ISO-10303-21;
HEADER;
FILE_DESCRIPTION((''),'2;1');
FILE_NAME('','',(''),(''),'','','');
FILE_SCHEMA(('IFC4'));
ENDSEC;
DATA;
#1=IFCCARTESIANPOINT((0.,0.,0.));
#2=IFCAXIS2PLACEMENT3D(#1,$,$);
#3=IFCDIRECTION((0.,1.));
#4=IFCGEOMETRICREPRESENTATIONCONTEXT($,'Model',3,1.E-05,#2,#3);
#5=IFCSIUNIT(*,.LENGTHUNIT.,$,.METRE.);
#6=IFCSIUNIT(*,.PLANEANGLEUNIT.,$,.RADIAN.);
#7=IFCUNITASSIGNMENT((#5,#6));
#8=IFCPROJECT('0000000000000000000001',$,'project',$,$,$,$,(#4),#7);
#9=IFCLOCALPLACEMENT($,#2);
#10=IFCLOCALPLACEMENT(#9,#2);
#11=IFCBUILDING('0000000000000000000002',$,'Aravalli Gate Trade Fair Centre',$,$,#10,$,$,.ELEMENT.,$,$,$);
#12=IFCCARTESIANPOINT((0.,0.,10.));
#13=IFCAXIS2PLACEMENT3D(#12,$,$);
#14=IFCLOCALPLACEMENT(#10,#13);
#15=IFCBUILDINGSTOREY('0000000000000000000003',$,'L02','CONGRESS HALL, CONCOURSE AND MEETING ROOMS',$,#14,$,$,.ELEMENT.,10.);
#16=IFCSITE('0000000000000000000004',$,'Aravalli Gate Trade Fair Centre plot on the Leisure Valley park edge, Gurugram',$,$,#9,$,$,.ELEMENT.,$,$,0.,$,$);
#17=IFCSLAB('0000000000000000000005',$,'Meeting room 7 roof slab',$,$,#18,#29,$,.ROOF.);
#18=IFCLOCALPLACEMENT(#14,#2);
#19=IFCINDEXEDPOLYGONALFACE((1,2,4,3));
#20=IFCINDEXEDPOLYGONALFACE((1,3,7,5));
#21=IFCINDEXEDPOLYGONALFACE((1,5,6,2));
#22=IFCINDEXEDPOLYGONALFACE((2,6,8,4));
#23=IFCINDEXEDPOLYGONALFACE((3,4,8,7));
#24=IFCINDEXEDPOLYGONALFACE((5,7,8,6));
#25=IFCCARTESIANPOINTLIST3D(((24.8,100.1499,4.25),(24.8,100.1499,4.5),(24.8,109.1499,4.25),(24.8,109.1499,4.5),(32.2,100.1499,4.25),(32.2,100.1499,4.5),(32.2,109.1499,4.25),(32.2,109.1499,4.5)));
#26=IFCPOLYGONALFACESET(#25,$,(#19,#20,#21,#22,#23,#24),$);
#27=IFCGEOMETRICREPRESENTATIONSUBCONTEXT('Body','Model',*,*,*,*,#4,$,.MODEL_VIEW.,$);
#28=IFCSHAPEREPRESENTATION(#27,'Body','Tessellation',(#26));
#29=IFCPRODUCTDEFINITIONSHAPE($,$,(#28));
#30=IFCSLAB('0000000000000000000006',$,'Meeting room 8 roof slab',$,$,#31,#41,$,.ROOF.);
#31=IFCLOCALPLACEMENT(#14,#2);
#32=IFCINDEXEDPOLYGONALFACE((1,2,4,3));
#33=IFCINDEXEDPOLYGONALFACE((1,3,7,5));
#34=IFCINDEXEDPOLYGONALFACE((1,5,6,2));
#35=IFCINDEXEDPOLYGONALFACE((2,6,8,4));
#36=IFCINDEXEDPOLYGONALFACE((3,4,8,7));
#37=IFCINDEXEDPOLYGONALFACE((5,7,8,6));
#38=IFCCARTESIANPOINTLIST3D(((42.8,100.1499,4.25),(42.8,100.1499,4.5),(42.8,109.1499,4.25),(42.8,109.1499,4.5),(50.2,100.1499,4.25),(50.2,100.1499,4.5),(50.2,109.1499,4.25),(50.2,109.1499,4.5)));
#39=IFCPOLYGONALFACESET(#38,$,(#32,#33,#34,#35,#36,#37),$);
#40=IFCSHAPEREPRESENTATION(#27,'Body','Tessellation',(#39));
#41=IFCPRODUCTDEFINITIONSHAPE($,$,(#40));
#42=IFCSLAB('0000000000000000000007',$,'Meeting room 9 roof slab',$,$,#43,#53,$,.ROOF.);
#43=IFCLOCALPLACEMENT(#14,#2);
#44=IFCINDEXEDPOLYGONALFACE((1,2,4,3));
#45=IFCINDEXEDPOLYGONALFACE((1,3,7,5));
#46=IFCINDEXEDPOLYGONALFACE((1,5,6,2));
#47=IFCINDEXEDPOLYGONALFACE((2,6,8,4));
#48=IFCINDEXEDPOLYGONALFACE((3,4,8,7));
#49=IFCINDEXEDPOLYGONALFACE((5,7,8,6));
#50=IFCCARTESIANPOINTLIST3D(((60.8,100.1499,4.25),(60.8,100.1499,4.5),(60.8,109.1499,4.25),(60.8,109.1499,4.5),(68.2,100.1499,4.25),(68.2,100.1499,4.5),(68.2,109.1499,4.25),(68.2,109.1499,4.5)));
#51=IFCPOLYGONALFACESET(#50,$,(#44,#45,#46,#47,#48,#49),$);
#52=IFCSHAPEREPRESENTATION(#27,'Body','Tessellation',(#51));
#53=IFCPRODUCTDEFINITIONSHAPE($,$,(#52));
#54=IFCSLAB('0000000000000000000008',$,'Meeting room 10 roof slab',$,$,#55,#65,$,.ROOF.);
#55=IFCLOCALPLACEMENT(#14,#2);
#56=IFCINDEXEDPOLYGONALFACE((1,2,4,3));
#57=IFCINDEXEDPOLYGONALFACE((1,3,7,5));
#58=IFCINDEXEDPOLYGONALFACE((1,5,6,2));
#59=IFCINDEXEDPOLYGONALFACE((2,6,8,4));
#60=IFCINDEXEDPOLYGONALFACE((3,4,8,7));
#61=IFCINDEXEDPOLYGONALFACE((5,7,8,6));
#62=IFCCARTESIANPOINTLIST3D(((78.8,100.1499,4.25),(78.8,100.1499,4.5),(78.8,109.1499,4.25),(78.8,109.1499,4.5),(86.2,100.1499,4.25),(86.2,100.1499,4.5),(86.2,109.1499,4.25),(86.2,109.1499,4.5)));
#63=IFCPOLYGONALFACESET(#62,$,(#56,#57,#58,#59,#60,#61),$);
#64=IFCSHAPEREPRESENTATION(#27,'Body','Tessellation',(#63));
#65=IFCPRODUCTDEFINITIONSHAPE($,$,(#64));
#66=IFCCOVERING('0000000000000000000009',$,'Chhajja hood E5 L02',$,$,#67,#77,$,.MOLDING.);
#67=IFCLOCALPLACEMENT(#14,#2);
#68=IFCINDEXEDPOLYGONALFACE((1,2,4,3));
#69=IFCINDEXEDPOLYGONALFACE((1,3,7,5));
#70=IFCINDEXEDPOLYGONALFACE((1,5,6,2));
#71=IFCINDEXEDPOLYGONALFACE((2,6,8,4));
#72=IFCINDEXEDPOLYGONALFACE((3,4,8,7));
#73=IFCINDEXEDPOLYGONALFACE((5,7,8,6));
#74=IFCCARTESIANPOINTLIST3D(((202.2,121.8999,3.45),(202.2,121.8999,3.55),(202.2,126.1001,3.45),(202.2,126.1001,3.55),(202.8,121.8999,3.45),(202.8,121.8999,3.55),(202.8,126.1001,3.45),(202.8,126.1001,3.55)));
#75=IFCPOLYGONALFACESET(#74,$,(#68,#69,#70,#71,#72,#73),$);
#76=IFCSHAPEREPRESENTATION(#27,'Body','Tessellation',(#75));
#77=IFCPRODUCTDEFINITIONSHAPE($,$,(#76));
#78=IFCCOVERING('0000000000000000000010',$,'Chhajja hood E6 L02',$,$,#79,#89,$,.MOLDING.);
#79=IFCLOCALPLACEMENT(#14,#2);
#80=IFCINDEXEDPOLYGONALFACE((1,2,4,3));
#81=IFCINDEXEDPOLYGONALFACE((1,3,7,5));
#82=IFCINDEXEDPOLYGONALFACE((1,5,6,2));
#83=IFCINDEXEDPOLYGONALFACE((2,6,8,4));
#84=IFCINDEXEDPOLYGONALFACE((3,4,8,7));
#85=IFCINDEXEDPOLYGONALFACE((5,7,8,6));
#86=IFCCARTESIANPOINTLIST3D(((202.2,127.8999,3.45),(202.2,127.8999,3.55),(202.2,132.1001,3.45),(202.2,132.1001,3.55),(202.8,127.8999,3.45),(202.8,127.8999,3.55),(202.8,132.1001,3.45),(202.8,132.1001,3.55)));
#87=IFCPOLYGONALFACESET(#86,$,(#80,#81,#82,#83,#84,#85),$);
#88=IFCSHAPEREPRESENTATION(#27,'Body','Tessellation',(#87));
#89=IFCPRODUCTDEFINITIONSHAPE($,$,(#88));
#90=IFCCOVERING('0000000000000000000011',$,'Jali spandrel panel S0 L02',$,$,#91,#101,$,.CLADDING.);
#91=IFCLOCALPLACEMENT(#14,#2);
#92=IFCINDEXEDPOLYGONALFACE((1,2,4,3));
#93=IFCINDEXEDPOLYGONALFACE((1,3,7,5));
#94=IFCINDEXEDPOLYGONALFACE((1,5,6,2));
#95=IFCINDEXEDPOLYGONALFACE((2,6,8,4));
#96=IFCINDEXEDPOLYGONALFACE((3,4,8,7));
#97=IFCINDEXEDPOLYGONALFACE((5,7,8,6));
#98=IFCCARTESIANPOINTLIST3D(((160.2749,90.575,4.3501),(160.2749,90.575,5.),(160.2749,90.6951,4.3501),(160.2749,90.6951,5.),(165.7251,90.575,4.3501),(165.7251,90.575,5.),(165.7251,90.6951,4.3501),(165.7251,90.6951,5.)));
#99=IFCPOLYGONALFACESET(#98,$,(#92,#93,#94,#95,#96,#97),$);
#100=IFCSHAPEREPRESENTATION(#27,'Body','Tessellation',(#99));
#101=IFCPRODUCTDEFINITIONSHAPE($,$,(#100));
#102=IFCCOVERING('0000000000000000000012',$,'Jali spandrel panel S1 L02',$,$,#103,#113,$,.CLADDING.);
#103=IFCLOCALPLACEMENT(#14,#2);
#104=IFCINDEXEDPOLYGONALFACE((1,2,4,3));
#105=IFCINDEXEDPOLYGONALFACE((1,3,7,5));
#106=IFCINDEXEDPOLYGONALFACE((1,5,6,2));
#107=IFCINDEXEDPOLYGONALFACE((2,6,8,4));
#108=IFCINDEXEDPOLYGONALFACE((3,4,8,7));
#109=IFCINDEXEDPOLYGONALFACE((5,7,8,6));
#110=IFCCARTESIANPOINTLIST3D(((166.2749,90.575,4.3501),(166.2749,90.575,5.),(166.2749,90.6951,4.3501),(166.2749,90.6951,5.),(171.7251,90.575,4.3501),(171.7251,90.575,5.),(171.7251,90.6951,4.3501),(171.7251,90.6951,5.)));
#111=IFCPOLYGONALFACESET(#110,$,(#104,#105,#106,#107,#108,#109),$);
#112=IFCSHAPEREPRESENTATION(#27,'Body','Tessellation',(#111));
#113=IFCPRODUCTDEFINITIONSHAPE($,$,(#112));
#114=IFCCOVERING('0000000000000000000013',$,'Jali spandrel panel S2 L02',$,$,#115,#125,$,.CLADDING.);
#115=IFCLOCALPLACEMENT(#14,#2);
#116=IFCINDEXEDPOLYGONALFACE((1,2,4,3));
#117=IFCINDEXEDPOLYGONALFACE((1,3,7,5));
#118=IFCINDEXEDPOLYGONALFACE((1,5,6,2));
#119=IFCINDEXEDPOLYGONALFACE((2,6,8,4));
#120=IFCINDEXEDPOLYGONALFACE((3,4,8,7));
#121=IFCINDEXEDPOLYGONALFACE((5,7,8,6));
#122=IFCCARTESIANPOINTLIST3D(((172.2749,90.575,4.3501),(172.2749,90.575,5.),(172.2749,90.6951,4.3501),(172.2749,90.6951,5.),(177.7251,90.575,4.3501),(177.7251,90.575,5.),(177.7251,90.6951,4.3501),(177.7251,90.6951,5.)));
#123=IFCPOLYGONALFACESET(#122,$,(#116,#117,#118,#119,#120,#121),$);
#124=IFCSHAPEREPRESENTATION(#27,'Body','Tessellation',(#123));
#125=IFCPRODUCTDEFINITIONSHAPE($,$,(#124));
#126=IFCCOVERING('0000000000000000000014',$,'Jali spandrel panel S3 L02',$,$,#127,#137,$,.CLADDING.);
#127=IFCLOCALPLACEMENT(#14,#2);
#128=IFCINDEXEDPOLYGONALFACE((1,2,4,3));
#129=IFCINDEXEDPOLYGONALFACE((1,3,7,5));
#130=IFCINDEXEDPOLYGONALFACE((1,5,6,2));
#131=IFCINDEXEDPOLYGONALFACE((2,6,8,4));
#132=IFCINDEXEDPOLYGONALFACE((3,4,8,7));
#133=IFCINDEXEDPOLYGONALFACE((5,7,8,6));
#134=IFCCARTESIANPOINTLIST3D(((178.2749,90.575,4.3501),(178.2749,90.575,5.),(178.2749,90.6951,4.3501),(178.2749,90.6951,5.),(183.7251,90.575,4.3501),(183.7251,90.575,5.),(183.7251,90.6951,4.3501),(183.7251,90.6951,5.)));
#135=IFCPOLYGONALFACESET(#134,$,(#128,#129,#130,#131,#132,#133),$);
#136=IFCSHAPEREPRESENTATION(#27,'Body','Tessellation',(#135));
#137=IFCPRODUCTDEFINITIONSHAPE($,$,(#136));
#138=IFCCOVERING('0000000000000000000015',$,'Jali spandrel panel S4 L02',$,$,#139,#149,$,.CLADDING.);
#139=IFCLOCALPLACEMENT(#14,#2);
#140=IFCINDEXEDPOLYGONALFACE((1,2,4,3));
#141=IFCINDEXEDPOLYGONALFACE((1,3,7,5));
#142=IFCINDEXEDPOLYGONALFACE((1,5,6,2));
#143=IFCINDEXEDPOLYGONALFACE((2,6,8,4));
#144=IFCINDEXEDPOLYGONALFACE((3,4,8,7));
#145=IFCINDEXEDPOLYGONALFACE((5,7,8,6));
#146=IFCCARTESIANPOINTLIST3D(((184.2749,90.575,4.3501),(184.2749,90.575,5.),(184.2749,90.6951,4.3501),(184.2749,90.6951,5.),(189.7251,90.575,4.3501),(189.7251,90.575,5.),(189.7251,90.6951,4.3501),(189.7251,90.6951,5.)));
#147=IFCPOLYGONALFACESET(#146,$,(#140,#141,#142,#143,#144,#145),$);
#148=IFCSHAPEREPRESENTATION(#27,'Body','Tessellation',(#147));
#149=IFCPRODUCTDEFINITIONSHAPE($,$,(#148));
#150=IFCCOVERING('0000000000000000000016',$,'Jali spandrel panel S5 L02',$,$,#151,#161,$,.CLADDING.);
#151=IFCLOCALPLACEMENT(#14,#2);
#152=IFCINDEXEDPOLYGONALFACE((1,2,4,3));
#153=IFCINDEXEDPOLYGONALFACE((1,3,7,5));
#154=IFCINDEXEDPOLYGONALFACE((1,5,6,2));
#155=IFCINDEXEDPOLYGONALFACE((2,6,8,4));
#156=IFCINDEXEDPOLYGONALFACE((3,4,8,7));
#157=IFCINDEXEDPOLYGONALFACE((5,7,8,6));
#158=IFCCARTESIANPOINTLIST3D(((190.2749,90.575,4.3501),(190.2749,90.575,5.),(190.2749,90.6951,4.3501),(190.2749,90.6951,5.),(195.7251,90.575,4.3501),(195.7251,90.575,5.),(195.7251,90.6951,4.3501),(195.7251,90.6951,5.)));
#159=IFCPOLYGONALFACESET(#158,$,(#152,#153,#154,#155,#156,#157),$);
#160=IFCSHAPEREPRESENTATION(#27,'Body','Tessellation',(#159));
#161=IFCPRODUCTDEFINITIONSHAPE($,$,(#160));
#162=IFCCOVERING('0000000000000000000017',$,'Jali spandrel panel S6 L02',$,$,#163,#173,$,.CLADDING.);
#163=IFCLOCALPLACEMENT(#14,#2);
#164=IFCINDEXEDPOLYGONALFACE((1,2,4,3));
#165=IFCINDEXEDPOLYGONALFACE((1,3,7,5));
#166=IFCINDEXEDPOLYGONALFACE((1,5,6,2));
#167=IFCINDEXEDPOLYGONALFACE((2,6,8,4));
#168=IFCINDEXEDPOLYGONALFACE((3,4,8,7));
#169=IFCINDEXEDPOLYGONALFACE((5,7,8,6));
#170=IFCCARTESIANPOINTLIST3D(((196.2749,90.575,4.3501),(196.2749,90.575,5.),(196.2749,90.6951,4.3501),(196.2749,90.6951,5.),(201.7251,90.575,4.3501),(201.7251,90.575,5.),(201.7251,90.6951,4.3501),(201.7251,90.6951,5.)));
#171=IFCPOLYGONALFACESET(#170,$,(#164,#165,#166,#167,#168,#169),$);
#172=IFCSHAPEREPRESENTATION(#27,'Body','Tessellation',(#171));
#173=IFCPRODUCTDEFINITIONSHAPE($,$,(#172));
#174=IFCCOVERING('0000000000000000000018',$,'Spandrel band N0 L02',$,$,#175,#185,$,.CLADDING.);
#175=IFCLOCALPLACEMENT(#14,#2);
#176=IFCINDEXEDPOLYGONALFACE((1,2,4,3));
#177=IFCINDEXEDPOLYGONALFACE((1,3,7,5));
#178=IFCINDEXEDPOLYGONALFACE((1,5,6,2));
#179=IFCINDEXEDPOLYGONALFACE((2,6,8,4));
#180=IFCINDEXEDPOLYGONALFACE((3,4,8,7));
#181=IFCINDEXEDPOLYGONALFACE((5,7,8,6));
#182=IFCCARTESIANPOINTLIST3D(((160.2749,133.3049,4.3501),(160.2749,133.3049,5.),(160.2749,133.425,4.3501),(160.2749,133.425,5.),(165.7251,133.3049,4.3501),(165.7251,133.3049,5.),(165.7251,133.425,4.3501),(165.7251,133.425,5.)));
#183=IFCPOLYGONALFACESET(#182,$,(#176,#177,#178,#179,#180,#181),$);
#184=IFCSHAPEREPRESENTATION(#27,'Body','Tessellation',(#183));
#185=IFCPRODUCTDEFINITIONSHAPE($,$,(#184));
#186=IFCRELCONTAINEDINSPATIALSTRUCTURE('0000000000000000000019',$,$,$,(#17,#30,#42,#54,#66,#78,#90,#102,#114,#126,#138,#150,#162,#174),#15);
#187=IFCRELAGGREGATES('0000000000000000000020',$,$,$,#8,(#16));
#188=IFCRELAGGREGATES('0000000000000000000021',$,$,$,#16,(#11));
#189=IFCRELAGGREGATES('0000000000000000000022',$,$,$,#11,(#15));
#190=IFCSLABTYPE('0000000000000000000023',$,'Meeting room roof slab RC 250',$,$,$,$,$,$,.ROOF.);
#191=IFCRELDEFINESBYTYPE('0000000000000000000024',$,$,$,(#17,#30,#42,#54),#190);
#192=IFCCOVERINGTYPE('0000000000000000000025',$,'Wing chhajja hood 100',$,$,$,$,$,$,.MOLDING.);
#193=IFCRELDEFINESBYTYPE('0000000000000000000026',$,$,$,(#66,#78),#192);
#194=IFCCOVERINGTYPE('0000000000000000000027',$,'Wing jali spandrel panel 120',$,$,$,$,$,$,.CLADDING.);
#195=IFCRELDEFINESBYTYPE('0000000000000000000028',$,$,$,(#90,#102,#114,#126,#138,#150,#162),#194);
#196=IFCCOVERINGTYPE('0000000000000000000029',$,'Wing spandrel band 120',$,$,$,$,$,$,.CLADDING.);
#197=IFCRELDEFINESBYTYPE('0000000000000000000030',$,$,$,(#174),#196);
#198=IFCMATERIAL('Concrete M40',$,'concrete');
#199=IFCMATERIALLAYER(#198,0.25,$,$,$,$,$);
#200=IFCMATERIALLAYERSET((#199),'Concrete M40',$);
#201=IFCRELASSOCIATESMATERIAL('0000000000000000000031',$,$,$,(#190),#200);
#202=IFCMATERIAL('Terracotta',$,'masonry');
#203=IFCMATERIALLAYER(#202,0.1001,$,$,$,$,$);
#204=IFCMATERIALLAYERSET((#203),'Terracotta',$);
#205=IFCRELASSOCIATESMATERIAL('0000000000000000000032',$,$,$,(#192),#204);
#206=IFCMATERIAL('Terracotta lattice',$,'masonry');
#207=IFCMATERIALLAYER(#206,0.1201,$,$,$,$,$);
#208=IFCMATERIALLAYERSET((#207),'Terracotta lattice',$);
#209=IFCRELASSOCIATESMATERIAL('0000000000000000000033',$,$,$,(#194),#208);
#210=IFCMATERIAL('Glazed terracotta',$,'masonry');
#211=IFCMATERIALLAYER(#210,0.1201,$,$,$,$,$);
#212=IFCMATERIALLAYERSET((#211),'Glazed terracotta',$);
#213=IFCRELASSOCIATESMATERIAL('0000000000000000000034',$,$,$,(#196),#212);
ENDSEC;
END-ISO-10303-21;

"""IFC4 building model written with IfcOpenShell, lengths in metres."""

from ifc_helpers import new_model, si_unit, direction, frame, origin, place, context, subcontext, project, spatial, polyline, outline, extrude, material, layer, layer_set, type_object, element, save


model = new_model("IFC4")

# Units and contexts
model_context = context("Model", 3, precision=1e-05, world=origin(), true_north=direction((0.0, 1.0)))
body_context = subcontext(model_context, "Body", "Model", "MODEL_VIEW")
ifc_project = project(units=[si_unit("LENGTHUNIT", "METRE"), si_unit("PLANEANGLEUNIT", "RADIAN")], contexts=[model_context])

# Site, building, storey
site_placement = place(None, origin())
site = spatial("IfcSite", under=ifc_project, at=site_placement, Name="Aravalli Gate Trade Fair Centre plot on the Leisure Valley park edge, Gurugram", CompositionType="ELEMENT", RefElevation=0.0)
building_placement = place(site_placement, origin())
building = spatial("IfcBuilding", under=site, at=building_placement, Name="Aravalli Gate Trade Fair Centre", CompositionType="ELEMENT")
storey_placement = place(building_placement, frame((0.0, 0.0, 10.0)))
storey = spatial("IfcBuildingStorey", under=building, at=storey_placement, Name="L02", Description="CONGRESS HALL, CONCOURSE AND MEETING ROOMS", CompositionType="ELEMENT", Elevation=10.0)

# Slabs
ifc_material_1 = material(Name="Concrete M40", Category="concrete")
ifc_layer_1 = layer(ifc_material_1, 0.25)
ifc_layer_set_1 = layer_set([ifc_layer_1], Name="Concrete M40")
slab_type = type_object("IfcSlabType", Name="Meeting room roof slab RC 250", PredefinedType="ROOF", material=ifc_layer_set_1)
slab_1_placement = place(storey_placement, frame((0.0, 0.0, 4.25)))
element("IfcSlab", 1, at=slab_1_placement, inside=storey, type_object=slab_type, Name="Meeting room 7 roof slab", PredefinedType="ROOF", context=body_context, shape_type="SweptSolid", body=[
    extrude(outline(polyline([(24.8, 100.1499), (32.2, 100.1499), (32.2, 109.1499), (24.8, 109.1499), (24.8, 100.1499)])), origin(), (0.0, 0.0, 1.0), 0.25),
])
slab_2_placement = place(storey_placement, frame((0.0, 0.0, 4.25)))
element("IfcSlab", 2, at=slab_2_placement, inside=storey, type_object=slab_type, Name="Meeting room 8 roof slab", PredefinedType="ROOF", context=body_context, shape_type="SweptSolid", body=[
    extrude(outline(polyline([(42.8, 100.1499), (50.2, 100.1499), (50.2, 109.1499), (42.8, 109.1499), (42.8, 100.1499)])), origin(), (0.0, 0.0, 1.0), 0.25),
])
slab_3_placement = place(storey_placement, frame((0.0, 0.0, 4.25)))
element("IfcSlab", 3, at=slab_3_placement, inside=storey, type_object=slab_type, Name="Meeting room 9 roof slab", PredefinedType="ROOF", context=body_context, shape_type="SweptSolid", body=[
    extrude(outline(polyline([(60.8, 100.1499), (68.2, 100.1499), (68.2, 109.1499), (60.8, 109.1499), (60.8, 100.1499)])), origin(), (0.0, 0.0, 1.0), 0.25),
])
slab_4_placement = place(storey_placement, frame((0.0, 0.0, 4.25)))
element("IfcSlab", 4, at=slab_4_placement, inside=storey, type_object=slab_type, Name="Meeting room 10 roof slab", PredefinedType="ROOF", context=body_context, shape_type="SweptSolid", body=[
    extrude(outline(polyline([(78.8, 100.1499), (86.2, 100.1499), (86.2, 109.1499), (78.8, 109.1499), (78.8, 100.1499)])), origin(), (0.0, 0.0, 1.0), 0.25),
])

# Coverings
ifc_material_2 = material(Name="Terracotta", Category="masonry")
ifc_layer_2 = layer(ifc_material_2, 0.1001)
ifc_layer_set_2 = layer_set([ifc_layer_2], Name="Terracotta")
covering_type_1 = type_object("IfcCoveringType", Name="Wing chhajja hood 100", PredefinedType="MOLDING", material=ifc_layer_set_2)
covering_1_placement = place(storey_placement, frame((0.0, 0.0, 3.45)))
element("IfcCovering", 5, at=covering_1_placement, inside=storey, type_object=covering_type_1, Name="Chhajja hood E5 L02", PredefinedType="MOLDING", context=body_context, shape_type="SweptSolid", body=[
    extrude(outline(polyline([(202.2, 121.8999), (202.8, 121.8999), (202.8, 126.1001), (202.2, 126.1001), (202.2, 121.8999)])), origin(), (0.0, 0.0, 1.0), 0.1001),
])
covering_2_placement = place(storey_placement, frame((0.0, 0.0, 3.45)))
element("IfcCovering", 6, at=covering_2_placement, inside=storey, type_object=covering_type_1, Name="Chhajja hood E6 L02", PredefinedType="MOLDING", context=body_context, shape_type="SweptSolid", body=[
    extrude(outline(polyline([(202.2, 127.8999), (202.8, 127.8999), (202.8, 132.1001), (202.2, 132.1001), (202.2, 127.8999)])), origin(), (0.0, 0.0, 1.0), 0.1001),
])
ifc_material_3 = material(Name="Terracotta lattice", Category="masonry")
ifc_layer_3 = layer(ifc_material_3, 0.1201)
ifc_layer_set_3 = layer_set([ifc_layer_3], Name="Terracotta lattice")
covering_type_2 = type_object("IfcCoveringType", Name="Wing jali spandrel panel 120", PredefinedType="CLADDING", material=ifc_layer_set_3)
covering_3_placement = place(storey_placement, frame((0.0, 0.0, 4.3501)))
element("IfcCovering", 7, at=covering_3_placement, inside=storey, type_object=covering_type_2, Name="Jali spandrel panel S0 L02", PredefinedType="CLADDING", context=body_context, shape_type="SweptSolid", body=[
    extrude(outline(polyline([(160.2749, 90.575), (165.7251, 90.575), (165.7251, 90.6951), (160.2749, 90.6951), (160.2749, 90.575)])), origin(), (0.0, 0.0, 1.0), 0.6499),
])
covering_4_placement = place(storey_placement, frame((0.0, 0.0, 4.3501)))
element("IfcCovering", 8, at=covering_4_placement, inside=storey, type_object=covering_type_2, Name="Jali spandrel panel S1 L02", PredefinedType="CLADDING", context=body_context, shape_type="SweptSolid", body=[
    extrude(outline(polyline([(166.2749, 90.575), (171.7251, 90.575), (171.7251, 90.6951), (166.2749, 90.6951), (166.2749, 90.575)])), origin(), (0.0, 0.0, 1.0), 0.6499),
])
covering_5_placement = place(storey_placement, frame((0.0, 0.0, 4.3501)))
element("IfcCovering", 9, at=covering_5_placement, inside=storey, type_object=covering_type_2, Name="Jali spandrel panel S2 L02", PredefinedType="CLADDING", context=body_context, shape_type="SweptSolid", body=[
    extrude(outline(polyline([(172.2749, 90.575), (177.7251, 90.575), (177.7251, 90.6951), (172.2749, 90.6951), (172.2749, 90.575)])), origin(), (0.0, 0.0, 1.0), 0.6499),
])
covering_6_placement = place(storey_placement, frame((0.0, 0.0, 4.3501)))
element("IfcCovering", 10, at=covering_6_placement, inside=storey, type_object=covering_type_2, Name="Jali spandrel panel S3 L02", PredefinedType="CLADDING", context=body_context, shape_type="SweptSolid", body=[
    extrude(outline(polyline([(178.2749, 90.575), (183.7251, 90.575), (183.7251, 90.6951), (178.2749, 90.6951), (178.2749, 90.575)])), origin(), (0.0, 0.0, 1.0), 0.6499),
])
covering_7_placement = place(storey_placement, frame((0.0, 0.0, 4.3501)))
element("IfcCovering", 11, at=covering_7_placement, inside=storey, type_object=covering_type_2, Name="Jali spandrel panel S4 L02", PredefinedType="CLADDING", context=body_context, shape_type="SweptSolid", body=[
    extrude(outline(polyline([(184.2749, 90.575), (189.7251, 90.575), (189.7251, 90.6951), (184.2749, 90.6951), (184.2749, 90.575)])), origin(), (0.0, 0.0, 1.0), 0.6499),
])
covering_8_placement = place(storey_placement, frame((0.0, 0.0, 4.3501)))
element("IfcCovering", 12, at=covering_8_placement, inside=storey, type_object=covering_type_2, Name="Jali spandrel panel S5 L02", PredefinedType="CLADDING", context=body_context, shape_type="SweptSolid", body=[
    extrude(outline(polyline([(190.2749, 90.575), (195.7251, 90.575), (195.7251, 90.6951), (190.2749, 90.6951), (190.2749, 90.575)])), origin(), (0.0, 0.0, 1.0), 0.6499),
])
covering_9_placement = place(storey_placement, frame((0.0, 0.0, 4.3501)))
element("IfcCovering", 13, at=covering_9_placement, inside=storey, type_object=covering_type_2, Name="Jali spandrel panel S6 L02", PredefinedType="CLADDING", context=body_context, shape_type="SweptSolid", body=[
    extrude(outline(polyline([(196.2749, 90.575), (201.7251, 90.575), (201.7251, 90.6951), (196.2749, 90.6951), (196.2749, 90.575)])), origin(), (0.0, 0.0, 1.0), 0.6499),
])
ifc_material_4 = material(Name="Glazed terracotta", Category="masonry")
ifc_layer_4 = layer(ifc_material_4, 0.1201)
ifc_layer_set_4 = layer_set([ifc_layer_4], Name="Glazed terracotta")
covering_type_3 = type_object("IfcCoveringType", Name="Wing spandrel band 120", PredefinedType="CLADDING", material=ifc_layer_set_4)
covering_10_placement = place(storey_placement, frame((0.0, 0.0, 4.3501)))
element("IfcCovering", 14, at=covering_10_placement, inside=storey, type_object=covering_type_3, Name="Spandrel band N0 L02", PredefinedType="CLADDING", context=body_context, shape_type="SweptSolid", body=[
    extrude(outline(polyline([(160.2749, 133.3049), (165.7251, 133.3049), (165.7251, 133.425), (160.2749, 133.425), (160.2749, 133.3049)])), origin(), (0.0, 0.0, 1.0), 0.6499),
])

save(model, "model.ifc")
